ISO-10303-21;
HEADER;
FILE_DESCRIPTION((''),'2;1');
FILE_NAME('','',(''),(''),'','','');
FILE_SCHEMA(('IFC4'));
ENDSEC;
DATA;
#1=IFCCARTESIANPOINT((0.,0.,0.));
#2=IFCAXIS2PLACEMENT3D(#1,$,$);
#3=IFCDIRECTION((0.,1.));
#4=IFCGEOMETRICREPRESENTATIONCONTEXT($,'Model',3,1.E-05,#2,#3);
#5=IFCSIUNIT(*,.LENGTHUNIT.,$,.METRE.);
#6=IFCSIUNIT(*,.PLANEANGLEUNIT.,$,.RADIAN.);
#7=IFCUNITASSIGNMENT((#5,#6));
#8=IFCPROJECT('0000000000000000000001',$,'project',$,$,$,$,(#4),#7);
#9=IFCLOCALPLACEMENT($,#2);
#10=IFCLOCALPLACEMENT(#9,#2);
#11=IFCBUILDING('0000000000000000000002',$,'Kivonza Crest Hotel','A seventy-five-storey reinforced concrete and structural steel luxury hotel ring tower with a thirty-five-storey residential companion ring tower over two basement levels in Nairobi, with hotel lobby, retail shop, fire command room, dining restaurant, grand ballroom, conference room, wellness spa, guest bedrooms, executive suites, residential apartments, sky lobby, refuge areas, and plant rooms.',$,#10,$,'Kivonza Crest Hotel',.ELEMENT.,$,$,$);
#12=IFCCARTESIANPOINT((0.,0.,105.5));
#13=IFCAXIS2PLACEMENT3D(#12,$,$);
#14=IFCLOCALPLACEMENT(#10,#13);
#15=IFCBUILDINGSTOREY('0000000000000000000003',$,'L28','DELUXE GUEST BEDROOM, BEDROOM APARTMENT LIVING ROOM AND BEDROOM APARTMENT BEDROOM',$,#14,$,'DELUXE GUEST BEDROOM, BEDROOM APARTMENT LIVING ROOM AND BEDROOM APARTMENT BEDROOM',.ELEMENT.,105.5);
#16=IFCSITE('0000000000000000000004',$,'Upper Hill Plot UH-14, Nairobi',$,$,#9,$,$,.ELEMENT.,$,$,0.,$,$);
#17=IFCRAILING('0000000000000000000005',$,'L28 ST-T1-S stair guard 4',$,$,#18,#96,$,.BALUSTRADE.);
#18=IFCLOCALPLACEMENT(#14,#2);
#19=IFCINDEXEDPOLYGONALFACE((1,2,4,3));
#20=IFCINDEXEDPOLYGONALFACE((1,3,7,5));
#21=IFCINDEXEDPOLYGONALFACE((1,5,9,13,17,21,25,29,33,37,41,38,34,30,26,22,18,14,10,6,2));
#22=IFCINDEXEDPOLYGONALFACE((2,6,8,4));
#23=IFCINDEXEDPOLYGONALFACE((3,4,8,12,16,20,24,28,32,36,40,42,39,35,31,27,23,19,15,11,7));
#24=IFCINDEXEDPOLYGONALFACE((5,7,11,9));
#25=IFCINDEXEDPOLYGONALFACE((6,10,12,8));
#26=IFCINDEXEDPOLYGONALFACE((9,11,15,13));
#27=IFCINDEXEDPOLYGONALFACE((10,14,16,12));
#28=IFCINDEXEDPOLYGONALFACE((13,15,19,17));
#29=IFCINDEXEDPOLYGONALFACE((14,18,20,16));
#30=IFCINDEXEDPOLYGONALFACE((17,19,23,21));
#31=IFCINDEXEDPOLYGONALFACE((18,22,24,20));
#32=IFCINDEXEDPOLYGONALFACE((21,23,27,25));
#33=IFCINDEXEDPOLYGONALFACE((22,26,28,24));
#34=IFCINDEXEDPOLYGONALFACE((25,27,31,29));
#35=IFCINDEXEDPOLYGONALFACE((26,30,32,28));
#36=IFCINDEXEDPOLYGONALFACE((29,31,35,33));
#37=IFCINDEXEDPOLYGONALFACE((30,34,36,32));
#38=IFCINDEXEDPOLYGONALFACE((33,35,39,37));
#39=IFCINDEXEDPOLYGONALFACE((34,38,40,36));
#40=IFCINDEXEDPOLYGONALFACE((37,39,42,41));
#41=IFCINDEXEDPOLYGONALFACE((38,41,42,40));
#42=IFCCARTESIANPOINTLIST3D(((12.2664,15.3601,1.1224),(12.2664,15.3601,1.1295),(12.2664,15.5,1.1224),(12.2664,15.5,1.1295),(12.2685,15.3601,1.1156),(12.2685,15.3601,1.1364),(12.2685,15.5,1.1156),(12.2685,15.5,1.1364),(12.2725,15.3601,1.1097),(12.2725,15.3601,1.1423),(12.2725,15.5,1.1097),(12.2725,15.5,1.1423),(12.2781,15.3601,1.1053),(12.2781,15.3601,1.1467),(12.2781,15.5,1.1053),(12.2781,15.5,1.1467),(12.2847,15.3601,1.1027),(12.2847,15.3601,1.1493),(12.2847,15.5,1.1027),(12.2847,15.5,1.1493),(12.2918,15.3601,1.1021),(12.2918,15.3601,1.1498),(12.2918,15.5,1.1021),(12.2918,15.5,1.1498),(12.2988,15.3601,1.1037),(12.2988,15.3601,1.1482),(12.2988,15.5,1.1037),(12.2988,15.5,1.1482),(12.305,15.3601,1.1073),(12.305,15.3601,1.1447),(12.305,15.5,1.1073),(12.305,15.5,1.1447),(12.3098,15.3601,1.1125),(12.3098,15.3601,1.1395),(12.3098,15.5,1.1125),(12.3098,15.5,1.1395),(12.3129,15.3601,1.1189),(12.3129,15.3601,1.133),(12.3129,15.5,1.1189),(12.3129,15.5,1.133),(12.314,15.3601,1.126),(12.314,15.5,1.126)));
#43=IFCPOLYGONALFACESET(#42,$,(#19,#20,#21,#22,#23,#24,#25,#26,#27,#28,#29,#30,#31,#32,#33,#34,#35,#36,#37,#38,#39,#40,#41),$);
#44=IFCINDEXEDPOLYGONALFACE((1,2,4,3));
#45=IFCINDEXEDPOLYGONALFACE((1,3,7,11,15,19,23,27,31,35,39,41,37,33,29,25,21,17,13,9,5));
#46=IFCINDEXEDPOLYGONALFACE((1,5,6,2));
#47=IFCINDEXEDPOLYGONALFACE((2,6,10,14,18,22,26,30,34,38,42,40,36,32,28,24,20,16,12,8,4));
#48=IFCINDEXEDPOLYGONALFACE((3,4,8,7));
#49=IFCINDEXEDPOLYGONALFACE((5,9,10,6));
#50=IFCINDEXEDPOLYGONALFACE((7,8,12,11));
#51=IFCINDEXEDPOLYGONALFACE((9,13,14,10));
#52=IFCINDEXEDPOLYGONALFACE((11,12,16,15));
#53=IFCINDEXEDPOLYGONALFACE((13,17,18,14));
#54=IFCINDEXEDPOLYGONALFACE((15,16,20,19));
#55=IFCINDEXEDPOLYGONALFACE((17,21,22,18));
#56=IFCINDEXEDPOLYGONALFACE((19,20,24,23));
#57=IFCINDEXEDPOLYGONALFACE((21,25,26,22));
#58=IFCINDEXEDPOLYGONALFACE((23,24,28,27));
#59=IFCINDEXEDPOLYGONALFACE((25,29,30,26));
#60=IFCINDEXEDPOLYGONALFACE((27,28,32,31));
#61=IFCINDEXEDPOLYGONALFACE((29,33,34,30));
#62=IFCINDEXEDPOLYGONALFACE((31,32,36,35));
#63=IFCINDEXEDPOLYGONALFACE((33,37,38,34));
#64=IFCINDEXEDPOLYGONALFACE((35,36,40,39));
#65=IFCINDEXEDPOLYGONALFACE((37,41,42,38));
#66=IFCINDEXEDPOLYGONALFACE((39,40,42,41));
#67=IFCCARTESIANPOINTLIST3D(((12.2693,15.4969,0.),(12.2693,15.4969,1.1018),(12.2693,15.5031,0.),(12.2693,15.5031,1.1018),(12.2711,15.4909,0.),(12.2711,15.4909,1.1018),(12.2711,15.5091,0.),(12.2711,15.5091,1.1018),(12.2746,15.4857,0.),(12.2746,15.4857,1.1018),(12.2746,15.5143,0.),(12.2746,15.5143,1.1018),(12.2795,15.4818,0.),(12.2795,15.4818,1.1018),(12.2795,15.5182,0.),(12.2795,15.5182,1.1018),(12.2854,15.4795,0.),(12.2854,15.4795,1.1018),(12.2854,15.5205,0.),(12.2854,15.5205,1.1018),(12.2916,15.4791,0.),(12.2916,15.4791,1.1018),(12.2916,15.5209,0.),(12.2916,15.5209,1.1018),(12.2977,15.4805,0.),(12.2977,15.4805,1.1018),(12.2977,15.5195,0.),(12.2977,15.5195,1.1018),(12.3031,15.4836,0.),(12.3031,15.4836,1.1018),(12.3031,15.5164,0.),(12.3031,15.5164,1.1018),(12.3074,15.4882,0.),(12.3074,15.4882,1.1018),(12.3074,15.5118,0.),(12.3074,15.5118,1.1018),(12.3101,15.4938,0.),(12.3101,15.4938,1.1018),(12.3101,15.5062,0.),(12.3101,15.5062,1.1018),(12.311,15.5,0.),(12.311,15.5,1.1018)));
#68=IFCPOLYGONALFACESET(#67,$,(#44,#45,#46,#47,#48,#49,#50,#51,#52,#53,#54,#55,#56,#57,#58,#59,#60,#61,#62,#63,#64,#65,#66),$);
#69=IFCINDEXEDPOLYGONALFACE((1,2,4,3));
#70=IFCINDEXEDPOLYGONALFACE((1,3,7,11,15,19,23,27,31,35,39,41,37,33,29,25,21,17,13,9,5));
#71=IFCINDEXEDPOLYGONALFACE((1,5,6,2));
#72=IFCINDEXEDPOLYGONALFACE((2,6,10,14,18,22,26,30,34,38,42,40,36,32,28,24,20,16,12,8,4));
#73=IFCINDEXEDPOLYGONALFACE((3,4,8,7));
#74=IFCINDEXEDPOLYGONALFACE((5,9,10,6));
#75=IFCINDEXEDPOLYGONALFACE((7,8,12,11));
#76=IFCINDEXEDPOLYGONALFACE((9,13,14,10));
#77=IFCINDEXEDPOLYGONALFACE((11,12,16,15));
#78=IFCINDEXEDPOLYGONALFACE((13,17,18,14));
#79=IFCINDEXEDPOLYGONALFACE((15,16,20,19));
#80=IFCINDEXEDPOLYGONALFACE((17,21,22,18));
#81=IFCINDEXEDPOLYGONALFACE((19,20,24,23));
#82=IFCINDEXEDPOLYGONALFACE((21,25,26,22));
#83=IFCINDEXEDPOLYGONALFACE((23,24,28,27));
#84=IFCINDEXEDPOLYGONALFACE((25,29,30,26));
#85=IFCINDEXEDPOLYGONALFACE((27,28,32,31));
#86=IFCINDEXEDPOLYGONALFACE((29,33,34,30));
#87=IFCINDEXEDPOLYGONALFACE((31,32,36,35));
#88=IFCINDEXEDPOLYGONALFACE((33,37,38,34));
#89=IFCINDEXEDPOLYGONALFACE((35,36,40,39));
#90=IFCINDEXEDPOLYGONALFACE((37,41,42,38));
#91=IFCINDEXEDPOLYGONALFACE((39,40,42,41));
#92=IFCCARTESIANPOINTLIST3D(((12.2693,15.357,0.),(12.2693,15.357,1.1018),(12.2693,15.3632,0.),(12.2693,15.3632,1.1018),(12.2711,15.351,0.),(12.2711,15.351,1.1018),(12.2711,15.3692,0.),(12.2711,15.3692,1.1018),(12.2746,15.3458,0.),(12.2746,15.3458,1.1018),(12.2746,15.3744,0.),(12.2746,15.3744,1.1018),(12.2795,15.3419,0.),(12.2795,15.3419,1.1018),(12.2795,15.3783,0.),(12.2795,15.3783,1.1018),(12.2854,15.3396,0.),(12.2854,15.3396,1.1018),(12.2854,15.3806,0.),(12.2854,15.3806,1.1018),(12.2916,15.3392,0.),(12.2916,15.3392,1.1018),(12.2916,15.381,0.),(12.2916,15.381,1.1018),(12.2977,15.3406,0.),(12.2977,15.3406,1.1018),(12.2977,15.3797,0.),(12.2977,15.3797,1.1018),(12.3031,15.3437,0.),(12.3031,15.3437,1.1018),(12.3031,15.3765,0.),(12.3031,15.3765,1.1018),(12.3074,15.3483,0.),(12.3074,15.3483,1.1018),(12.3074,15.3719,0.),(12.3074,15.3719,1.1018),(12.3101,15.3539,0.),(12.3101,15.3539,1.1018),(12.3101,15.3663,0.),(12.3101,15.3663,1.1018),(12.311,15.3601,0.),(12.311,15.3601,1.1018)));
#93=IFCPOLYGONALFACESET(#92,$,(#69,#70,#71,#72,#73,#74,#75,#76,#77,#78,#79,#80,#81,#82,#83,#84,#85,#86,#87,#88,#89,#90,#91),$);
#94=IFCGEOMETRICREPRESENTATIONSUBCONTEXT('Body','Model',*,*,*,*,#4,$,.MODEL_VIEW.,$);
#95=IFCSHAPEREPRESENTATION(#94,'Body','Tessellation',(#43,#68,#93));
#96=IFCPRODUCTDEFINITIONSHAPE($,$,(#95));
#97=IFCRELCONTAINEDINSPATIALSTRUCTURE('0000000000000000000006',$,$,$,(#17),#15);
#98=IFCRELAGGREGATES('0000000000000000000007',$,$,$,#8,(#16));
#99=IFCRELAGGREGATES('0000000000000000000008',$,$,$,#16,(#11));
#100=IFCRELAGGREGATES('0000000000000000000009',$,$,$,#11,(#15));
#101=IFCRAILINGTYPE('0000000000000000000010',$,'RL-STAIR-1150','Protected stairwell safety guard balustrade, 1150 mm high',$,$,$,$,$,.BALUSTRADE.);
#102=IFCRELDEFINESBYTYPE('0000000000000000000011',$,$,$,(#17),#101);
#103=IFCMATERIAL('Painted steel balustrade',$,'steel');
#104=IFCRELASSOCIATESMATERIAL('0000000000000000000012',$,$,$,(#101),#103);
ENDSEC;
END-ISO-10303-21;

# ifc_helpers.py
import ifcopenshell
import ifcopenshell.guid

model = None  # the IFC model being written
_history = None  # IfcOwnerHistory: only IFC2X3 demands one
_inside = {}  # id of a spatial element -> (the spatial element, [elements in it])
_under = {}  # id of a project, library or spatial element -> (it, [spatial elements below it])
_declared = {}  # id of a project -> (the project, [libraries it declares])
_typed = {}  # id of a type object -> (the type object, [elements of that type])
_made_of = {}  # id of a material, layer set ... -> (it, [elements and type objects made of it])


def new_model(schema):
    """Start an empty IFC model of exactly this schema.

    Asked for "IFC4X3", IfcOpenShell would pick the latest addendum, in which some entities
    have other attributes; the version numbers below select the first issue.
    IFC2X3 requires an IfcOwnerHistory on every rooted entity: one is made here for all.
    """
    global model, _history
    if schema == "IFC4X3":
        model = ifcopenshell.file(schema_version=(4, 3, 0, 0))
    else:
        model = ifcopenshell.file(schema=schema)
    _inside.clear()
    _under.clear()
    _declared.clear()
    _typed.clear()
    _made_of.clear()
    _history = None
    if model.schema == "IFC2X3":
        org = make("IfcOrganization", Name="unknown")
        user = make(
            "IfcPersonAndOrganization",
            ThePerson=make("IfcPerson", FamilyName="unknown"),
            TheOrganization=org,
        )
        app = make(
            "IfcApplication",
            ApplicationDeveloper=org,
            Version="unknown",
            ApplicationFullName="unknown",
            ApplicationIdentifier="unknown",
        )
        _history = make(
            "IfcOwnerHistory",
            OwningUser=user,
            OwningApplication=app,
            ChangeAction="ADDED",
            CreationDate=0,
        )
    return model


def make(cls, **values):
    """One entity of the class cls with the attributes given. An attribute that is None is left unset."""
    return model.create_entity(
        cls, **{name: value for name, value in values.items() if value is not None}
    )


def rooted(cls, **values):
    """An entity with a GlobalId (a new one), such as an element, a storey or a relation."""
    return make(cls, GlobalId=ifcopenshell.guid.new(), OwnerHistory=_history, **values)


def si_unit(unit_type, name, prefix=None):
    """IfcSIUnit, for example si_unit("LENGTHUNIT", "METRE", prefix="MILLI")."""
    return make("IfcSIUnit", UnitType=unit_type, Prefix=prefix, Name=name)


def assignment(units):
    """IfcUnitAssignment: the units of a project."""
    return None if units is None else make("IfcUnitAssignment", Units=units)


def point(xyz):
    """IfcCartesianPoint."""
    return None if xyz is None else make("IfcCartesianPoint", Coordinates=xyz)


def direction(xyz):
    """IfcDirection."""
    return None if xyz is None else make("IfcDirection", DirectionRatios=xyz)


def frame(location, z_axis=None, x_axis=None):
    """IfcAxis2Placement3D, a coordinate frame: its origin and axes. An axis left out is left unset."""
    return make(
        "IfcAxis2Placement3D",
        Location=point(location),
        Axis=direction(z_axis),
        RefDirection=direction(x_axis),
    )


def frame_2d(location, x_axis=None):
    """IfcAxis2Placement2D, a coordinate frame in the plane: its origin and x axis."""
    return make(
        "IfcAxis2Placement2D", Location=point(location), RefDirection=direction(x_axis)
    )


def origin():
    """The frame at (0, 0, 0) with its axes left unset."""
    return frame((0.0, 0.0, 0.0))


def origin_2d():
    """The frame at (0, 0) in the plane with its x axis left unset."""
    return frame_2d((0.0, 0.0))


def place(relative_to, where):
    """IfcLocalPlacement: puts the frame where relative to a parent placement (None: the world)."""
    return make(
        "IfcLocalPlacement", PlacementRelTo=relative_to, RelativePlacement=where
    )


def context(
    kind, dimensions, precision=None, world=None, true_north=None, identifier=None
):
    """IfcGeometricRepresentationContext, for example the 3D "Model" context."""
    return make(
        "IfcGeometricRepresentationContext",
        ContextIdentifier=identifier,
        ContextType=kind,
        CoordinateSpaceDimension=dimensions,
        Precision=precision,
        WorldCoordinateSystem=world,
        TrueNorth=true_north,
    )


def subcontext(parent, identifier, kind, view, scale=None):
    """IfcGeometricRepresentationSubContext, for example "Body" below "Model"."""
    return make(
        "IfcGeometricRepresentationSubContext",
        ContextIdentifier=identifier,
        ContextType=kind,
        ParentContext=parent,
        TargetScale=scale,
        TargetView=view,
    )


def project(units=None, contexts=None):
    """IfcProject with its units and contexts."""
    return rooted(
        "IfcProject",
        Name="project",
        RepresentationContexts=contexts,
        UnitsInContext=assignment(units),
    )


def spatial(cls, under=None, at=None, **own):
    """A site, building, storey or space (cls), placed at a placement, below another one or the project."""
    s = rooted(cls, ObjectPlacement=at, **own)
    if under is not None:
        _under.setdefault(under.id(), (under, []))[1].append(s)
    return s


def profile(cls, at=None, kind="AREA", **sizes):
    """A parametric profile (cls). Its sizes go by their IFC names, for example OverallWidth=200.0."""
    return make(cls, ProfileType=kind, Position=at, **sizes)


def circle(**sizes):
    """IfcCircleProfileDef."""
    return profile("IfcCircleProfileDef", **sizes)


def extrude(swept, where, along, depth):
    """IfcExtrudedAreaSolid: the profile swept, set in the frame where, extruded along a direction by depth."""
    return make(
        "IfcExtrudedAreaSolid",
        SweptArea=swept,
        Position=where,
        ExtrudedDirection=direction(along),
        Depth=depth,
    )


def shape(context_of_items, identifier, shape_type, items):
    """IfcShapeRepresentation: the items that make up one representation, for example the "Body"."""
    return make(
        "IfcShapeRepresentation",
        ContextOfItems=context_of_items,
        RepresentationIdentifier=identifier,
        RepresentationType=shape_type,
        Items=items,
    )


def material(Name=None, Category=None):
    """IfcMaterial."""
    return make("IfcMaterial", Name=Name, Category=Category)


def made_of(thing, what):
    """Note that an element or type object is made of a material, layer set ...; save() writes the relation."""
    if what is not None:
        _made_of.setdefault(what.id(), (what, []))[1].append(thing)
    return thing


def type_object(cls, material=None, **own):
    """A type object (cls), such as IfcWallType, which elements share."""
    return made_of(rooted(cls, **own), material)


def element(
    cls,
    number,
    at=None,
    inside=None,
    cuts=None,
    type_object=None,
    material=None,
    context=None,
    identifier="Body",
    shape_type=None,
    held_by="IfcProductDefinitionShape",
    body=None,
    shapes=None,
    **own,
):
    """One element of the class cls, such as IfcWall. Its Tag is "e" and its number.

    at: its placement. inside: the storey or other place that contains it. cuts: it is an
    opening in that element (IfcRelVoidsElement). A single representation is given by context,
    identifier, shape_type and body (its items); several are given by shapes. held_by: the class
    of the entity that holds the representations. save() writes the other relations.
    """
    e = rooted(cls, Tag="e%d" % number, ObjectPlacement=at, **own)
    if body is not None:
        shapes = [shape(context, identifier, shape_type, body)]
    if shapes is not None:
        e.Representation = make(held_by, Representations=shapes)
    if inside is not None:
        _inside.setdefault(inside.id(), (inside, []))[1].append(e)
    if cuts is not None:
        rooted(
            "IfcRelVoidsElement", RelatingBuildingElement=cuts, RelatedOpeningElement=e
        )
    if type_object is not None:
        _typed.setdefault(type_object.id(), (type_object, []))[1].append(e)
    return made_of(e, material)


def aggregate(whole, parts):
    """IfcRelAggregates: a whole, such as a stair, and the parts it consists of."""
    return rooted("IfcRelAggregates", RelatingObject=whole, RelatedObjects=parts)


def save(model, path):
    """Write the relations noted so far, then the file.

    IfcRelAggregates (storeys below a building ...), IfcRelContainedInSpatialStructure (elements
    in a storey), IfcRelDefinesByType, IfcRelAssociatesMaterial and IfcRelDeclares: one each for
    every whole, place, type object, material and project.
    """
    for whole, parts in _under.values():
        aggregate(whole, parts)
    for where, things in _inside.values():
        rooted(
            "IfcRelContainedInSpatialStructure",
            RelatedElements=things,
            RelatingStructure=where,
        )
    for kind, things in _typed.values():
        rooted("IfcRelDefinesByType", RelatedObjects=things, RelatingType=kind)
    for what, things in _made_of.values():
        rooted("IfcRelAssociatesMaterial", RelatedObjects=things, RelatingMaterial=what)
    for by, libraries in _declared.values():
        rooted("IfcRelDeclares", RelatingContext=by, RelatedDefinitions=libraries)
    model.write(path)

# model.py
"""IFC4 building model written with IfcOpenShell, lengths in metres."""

from ifc_helpers import new_model, si_unit, direction, frame, origin, origin_2d, place, context, subcontext, project, spatial, circle, extrude, material, type_object, element, save


model = new_model("IFC4")

# Units and contexts
model_context = context("Model", 3, precision=1e-05, world=origin(), true_north=direction((0.0, 1.0)))
body_context = subcontext(model_context, "Body", "Model", "MODEL_VIEW")
ifc_project = project(units=[si_unit("LENGTHUNIT", "METRE"), si_unit("PLANEANGLEUNIT", "RADIAN")], contexts=[model_context])

# Site, building, storey
site_placement = place(None, origin())
site = spatial("IfcSite", under=ifc_project, at=site_placement, Name="Upper Hill Plot UH-14, Nairobi", CompositionType="ELEMENT", RefElevation=0.0)
building_placement = place(site_placement, origin())
building = spatial("IfcBuilding", under=site, at=building_placement, Name="Kivonza Crest Hotel", Description="A seventy-five-storey reinforced concrete and structural steel luxury hotel ring tower with a thirty-five-storey residential companion ring tower over two basement levels in Nairobi, with hotel lobby, retail shop, fire command room, dining restaurant, grand ballroom, conference room, wellness spa, guest bedrooms, executive suites, residential apartments, sky lobby, refuge areas, and plant rooms.", LongName="Kivonza Crest Hotel", CompositionType="ELEMENT")
storey_placement = place(building_placement, frame((0.0, 0.0, 105.5)))
storey = spatial("IfcBuildingStorey", under=building, at=storey_placement, Name="L28", Description="DELUXE GUEST BEDROOM, BEDROOM APARTMENT LIVING ROOM AND BEDROOM APARTMENT BEDROOM", LongName="DELUXE GUEST BEDROOM, BEDROOM APARTMENT LIVING ROOM AND BEDROOM APARTMENT BEDROOM", CompositionType="ELEMENT", Elevation=105.5)

# Railing
ifc_material_1 = material(Name="Painted steel balustrade", Category="steel")
railing_type_1 = type_object("IfcRailingType", Name="RL-STAIR-1150", Description="Protected stairwell safety guard balustrade, 1150 mm high", PredefinedType="BALUSTRADE", material=ifc_material_1)
railing_1_placement = place(storey_placement, frame((12.29, 15.5, 0.0)))
element("IfcRailing", 1, at=railing_1_placement, inside=storey, type_object=railing_type_1, Name="L28 ST-T1-S stair guard 4", PredefinedType="BALUSTRADE", context=body_context, shape_type="SweptSolid", body=[
    extrude(circle(Radius=0.0239, at=origin_2d()), frame((0.0, 0.0, 1.126), z_axis=(0.0, -1.0, 0.0), x_axis=(1.0, 0.0, 0.0)), (0.0, 0.0, 1.0), 0.1399),
    extrude(circle(Radius=0.021, at=origin_2d()), origin(), (0.0, 0.0, 1.0), 1.1018),
    extrude(circle(Radius=0.021, at=origin_2d()), frame((0.0, -0.1399, 0.0)), (0.0, 0.0, 1.0), 1.1018),
])

save(model, "model.ifc")
